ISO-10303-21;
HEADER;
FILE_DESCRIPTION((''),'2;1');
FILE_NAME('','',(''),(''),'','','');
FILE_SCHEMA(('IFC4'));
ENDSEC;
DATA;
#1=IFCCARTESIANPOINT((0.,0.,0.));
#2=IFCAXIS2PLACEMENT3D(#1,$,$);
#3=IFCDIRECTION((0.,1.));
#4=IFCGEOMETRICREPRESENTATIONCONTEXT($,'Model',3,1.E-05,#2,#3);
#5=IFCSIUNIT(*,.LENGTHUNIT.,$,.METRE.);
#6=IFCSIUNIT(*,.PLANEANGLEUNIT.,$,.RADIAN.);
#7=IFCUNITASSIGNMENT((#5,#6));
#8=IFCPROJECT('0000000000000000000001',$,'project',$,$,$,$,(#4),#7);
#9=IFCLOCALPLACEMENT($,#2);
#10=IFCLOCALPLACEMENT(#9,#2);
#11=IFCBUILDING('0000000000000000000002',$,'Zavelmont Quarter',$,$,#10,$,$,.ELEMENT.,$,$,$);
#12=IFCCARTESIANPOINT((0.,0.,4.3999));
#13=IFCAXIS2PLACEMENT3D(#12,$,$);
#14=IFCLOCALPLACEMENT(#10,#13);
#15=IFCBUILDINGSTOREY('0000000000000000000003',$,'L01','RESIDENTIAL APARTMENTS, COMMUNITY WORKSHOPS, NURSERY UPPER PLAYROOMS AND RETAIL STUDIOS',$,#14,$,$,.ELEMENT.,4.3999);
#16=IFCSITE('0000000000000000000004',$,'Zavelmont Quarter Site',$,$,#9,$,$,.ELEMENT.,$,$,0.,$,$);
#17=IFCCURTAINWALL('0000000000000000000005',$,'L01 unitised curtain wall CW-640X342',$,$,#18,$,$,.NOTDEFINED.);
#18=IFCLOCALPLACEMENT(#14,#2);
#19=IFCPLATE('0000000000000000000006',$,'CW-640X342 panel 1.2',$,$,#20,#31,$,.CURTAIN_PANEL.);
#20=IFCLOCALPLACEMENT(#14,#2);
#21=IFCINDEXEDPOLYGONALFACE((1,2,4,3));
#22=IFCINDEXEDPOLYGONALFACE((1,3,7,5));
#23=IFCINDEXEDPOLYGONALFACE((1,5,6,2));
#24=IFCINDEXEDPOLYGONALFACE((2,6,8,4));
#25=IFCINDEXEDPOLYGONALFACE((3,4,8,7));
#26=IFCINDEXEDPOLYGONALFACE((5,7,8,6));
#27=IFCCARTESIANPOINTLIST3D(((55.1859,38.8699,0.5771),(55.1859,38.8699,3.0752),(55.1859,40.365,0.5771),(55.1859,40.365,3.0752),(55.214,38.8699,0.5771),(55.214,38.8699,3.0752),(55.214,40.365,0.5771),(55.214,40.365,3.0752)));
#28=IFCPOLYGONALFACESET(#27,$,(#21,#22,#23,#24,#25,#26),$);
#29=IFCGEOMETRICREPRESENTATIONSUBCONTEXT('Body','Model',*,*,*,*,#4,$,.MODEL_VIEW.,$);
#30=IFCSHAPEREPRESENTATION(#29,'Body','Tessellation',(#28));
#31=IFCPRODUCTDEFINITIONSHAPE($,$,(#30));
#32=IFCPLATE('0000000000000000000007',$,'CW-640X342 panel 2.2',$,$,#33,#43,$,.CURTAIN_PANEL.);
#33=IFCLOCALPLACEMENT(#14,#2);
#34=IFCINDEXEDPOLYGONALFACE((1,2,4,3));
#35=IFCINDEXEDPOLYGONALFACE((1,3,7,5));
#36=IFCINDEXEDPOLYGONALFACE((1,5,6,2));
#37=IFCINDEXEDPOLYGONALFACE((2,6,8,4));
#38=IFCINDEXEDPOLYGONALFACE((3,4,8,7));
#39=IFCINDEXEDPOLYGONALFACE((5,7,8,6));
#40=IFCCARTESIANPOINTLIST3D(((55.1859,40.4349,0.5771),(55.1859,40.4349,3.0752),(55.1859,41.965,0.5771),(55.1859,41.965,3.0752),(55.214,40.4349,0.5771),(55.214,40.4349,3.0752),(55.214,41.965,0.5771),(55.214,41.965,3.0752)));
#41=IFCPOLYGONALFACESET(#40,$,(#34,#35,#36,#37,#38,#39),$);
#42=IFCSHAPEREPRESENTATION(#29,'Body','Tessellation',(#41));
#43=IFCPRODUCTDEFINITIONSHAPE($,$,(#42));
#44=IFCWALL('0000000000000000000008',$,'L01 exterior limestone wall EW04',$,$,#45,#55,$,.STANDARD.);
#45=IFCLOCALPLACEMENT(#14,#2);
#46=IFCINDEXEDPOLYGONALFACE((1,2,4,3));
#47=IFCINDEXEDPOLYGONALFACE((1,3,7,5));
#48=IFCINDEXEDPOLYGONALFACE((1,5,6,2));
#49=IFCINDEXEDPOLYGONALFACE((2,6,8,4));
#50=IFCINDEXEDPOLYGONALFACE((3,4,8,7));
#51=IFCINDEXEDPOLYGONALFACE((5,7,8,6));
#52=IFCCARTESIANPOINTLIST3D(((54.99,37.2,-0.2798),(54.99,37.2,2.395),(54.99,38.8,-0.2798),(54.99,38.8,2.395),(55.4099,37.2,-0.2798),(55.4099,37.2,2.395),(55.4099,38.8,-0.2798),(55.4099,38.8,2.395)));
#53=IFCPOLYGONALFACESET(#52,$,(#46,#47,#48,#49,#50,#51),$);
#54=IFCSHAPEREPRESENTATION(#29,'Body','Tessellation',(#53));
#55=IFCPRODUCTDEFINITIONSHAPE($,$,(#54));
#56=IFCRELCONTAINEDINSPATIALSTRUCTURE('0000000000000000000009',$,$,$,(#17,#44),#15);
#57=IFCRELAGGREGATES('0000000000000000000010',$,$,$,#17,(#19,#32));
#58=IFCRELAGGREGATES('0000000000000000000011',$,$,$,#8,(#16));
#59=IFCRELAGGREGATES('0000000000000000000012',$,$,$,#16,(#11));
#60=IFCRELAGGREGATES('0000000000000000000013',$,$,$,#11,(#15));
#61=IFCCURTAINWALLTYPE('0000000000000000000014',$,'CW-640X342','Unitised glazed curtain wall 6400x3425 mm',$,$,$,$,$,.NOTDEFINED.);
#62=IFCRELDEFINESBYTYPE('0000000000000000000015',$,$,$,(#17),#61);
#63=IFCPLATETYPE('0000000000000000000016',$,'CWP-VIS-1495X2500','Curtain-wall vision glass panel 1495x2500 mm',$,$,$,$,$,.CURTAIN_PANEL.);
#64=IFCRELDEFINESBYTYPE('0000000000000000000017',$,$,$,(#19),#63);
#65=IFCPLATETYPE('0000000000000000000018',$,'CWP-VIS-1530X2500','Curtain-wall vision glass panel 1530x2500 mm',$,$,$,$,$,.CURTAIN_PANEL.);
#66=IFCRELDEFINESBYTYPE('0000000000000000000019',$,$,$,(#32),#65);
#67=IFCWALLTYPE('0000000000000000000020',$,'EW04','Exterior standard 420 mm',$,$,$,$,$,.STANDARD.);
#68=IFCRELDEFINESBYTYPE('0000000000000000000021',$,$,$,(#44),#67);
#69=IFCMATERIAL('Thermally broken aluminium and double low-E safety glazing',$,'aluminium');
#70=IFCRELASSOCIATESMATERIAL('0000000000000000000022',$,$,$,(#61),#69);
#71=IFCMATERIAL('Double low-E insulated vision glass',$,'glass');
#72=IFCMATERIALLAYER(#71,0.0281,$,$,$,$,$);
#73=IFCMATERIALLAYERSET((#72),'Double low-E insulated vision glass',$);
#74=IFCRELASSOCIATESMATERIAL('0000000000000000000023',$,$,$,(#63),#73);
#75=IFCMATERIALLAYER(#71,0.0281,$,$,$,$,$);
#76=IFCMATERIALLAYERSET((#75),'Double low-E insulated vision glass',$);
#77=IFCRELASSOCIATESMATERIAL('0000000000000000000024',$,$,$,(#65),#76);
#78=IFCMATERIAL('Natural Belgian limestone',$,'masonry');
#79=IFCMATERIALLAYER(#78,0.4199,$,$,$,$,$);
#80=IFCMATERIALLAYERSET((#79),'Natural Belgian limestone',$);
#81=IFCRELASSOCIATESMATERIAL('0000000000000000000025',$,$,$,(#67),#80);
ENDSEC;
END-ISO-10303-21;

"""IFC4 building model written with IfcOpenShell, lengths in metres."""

from ifc_helpers import new_model, si_unit, direction, frame, frame_2d, origin, origin_2d, place, context, subcontext, project, spatial, rectangle, extrude, material, layer, layer_set, type_object, element, aggregate, save


model = new_model("IFC4")

# Units and contexts
model_context = context("Model", 3, precision=1e-05, world=origin(), true_north=direction((0.0, 1.0)))
body_context = subcontext(model_context, "Body", "Model", "MODEL_VIEW")
ifc_project = project(units=[si_unit("LENGTHUNIT", "METRE"), si_unit("PLANEANGLEUNIT", "RADIAN")], contexts=[model_context])

# Site, building, storey
site_placement = place(None, origin())
site = spatial("IfcSite", under=ifc_project, at=site_placement, Name="Zavelmont Quarter Site", CompositionType="ELEMENT", RefElevation=0.0)
building_placement = place(site_placement, origin())
building = spatial("IfcBuilding", under=site, at=building_placement, Name="Zavelmont Quarter", CompositionType="ELEMENT")
storey_placement = place(building_placement, frame((0.0, 0.0, 4.3999)))
storey = spatial("IfcBuildingStorey", under=building, at=storey_placement, Name="L01", Description="RESIDENTIAL APARTMENTS, COMMUNITY WORKSHOPS, NURSERY UPPER PLAYROOMS AND RETAIL STUDIOS", CompositionType="ELEMENT", Elevation=4.3999)

# Curtain wall
ifc_material_1 = material(Name="Thermally broken aluminium and double low-E safety glazing", Category="aluminium")
curtain_wall_type_1 = type_object("IfcCurtainWallType", Name="CW-640X342", Description="Unitised glazed curtain wall 6400x3425 mm", PredefinedType="NOTDEFINED", material=ifc_material_1)
curtain_wall_1_placement = place(storey_placement, origin())
curtain_wall_1 = element("IfcCurtainWall", 1, at=curtain_wall_1_placement, inside=storey, type_object=curtain_wall_type_1, Name="L01 unitised curtain wall CW-640X342", PredefinedType="NOTDEFINED")

# Plates
ifc_material_2 = material(Name="Double low-E insulated vision glass", Category="glass")
ifc_layer_1 = layer(ifc_material_2, 0.0281)
ifc_layer_set_1 = layer_set([ifc_layer_1], Name="Double low-E insulated vision glass")
plate_type_1 = type_object("IfcPlateType", Name="CWP-VIS-1495X2500", Description="Curtain-wall vision glass panel 1495x2500 mm", PredefinedType="CURTAIN_PANEL", material=ifc_layer_set_1)
plate_1_placement = place(storey_placement, frame((55.2, 39.6174, 0.5771), z_axis=(0.0, 0.0, 1.0), x_axis=(0.0, 1.0, 0.0)))
plate_1 = element("IfcPlate", 2, at=plate_1_placement, type_object=plate_type_1, Name="CW-640X342 panel 1.2", PredefinedType="CURTAIN_PANEL", context=body_context, shape_type="SweptSolid", body=[
    extrude(rectangle(XDim=1.4951, YDim=0.0281, at=origin_2d()), origin(), (0.0, 0.0, 1.0), 2.498),
])
ifc_layer_2 = layer(ifc_material_2, 0.0281)
ifc_layer_set_2 = layer_set([ifc_layer_2], Name="Double low-E insulated vision glass")
plate_type_2 = type_object("IfcPlateType", Name="CWP-VIS-1530X2500", Description="Curtain-wall vision glass panel 1530x2500 mm", PredefinedType="CURTAIN_PANEL", material=ifc_layer_set_2)
plate_2_placement = place(storey_placement, frame((55.2, 41.2, 0.5771), z_axis=(0.0, 0.0, 1.0), x_axis=(0.0, 1.0, 0.0)))
plate_2 = element("IfcPlate", 3, at=plate_2_placement, type_object=plate_type_2, Name="CW-640X342 panel 2.2", PredefinedType="CURTAIN_PANEL", context=body_context, shape_type="SweptSolid", body=[
    extrude(rectangle(XDim=1.53, YDim=0.0281, at=origin_2d()), origin(), (0.0, 0.0, 1.0), 2.498),
])
aggregate(curtain_wall_1, [plate_1, plate_2])

# Wall
ifc_material_3 = material(Name="Natural Belgian limestone", Category="masonry")
ifc_layer_3 = layer(ifc_material_3, 0.4199)
ifc_layer_set_3 = layer_set([ifc_layer_3], Name="Natural Belgian limestone")
wall_type = type_object("IfcWallType", Name="EW04", Description="Exterior standard 420 mm", PredefinedType="STANDARD", material=ifc_layer_set_3)
wall_placement = place(storey_placement, frame((55.2, 37.2, -0.2798), z_axis=(0.0, 0.0, 1.0), x_axis=(0.0, 1.0, 0.0)))
element("IfcWall", 4, at=wall_placement, inside=storey, type_object=wall_type, Name="L01 exterior limestone wall EW04", PredefinedType="STANDARD", context=body_context, shape_type="SweptSolid", body=[
    extrude(rectangle(XDim=1.6001, YDim=0.4199, at=frame_2d((0.8, 0.0))), origin(), (0.0, 0.0, 1.0), 2.6748),
])

save(model, "model.ifc")
